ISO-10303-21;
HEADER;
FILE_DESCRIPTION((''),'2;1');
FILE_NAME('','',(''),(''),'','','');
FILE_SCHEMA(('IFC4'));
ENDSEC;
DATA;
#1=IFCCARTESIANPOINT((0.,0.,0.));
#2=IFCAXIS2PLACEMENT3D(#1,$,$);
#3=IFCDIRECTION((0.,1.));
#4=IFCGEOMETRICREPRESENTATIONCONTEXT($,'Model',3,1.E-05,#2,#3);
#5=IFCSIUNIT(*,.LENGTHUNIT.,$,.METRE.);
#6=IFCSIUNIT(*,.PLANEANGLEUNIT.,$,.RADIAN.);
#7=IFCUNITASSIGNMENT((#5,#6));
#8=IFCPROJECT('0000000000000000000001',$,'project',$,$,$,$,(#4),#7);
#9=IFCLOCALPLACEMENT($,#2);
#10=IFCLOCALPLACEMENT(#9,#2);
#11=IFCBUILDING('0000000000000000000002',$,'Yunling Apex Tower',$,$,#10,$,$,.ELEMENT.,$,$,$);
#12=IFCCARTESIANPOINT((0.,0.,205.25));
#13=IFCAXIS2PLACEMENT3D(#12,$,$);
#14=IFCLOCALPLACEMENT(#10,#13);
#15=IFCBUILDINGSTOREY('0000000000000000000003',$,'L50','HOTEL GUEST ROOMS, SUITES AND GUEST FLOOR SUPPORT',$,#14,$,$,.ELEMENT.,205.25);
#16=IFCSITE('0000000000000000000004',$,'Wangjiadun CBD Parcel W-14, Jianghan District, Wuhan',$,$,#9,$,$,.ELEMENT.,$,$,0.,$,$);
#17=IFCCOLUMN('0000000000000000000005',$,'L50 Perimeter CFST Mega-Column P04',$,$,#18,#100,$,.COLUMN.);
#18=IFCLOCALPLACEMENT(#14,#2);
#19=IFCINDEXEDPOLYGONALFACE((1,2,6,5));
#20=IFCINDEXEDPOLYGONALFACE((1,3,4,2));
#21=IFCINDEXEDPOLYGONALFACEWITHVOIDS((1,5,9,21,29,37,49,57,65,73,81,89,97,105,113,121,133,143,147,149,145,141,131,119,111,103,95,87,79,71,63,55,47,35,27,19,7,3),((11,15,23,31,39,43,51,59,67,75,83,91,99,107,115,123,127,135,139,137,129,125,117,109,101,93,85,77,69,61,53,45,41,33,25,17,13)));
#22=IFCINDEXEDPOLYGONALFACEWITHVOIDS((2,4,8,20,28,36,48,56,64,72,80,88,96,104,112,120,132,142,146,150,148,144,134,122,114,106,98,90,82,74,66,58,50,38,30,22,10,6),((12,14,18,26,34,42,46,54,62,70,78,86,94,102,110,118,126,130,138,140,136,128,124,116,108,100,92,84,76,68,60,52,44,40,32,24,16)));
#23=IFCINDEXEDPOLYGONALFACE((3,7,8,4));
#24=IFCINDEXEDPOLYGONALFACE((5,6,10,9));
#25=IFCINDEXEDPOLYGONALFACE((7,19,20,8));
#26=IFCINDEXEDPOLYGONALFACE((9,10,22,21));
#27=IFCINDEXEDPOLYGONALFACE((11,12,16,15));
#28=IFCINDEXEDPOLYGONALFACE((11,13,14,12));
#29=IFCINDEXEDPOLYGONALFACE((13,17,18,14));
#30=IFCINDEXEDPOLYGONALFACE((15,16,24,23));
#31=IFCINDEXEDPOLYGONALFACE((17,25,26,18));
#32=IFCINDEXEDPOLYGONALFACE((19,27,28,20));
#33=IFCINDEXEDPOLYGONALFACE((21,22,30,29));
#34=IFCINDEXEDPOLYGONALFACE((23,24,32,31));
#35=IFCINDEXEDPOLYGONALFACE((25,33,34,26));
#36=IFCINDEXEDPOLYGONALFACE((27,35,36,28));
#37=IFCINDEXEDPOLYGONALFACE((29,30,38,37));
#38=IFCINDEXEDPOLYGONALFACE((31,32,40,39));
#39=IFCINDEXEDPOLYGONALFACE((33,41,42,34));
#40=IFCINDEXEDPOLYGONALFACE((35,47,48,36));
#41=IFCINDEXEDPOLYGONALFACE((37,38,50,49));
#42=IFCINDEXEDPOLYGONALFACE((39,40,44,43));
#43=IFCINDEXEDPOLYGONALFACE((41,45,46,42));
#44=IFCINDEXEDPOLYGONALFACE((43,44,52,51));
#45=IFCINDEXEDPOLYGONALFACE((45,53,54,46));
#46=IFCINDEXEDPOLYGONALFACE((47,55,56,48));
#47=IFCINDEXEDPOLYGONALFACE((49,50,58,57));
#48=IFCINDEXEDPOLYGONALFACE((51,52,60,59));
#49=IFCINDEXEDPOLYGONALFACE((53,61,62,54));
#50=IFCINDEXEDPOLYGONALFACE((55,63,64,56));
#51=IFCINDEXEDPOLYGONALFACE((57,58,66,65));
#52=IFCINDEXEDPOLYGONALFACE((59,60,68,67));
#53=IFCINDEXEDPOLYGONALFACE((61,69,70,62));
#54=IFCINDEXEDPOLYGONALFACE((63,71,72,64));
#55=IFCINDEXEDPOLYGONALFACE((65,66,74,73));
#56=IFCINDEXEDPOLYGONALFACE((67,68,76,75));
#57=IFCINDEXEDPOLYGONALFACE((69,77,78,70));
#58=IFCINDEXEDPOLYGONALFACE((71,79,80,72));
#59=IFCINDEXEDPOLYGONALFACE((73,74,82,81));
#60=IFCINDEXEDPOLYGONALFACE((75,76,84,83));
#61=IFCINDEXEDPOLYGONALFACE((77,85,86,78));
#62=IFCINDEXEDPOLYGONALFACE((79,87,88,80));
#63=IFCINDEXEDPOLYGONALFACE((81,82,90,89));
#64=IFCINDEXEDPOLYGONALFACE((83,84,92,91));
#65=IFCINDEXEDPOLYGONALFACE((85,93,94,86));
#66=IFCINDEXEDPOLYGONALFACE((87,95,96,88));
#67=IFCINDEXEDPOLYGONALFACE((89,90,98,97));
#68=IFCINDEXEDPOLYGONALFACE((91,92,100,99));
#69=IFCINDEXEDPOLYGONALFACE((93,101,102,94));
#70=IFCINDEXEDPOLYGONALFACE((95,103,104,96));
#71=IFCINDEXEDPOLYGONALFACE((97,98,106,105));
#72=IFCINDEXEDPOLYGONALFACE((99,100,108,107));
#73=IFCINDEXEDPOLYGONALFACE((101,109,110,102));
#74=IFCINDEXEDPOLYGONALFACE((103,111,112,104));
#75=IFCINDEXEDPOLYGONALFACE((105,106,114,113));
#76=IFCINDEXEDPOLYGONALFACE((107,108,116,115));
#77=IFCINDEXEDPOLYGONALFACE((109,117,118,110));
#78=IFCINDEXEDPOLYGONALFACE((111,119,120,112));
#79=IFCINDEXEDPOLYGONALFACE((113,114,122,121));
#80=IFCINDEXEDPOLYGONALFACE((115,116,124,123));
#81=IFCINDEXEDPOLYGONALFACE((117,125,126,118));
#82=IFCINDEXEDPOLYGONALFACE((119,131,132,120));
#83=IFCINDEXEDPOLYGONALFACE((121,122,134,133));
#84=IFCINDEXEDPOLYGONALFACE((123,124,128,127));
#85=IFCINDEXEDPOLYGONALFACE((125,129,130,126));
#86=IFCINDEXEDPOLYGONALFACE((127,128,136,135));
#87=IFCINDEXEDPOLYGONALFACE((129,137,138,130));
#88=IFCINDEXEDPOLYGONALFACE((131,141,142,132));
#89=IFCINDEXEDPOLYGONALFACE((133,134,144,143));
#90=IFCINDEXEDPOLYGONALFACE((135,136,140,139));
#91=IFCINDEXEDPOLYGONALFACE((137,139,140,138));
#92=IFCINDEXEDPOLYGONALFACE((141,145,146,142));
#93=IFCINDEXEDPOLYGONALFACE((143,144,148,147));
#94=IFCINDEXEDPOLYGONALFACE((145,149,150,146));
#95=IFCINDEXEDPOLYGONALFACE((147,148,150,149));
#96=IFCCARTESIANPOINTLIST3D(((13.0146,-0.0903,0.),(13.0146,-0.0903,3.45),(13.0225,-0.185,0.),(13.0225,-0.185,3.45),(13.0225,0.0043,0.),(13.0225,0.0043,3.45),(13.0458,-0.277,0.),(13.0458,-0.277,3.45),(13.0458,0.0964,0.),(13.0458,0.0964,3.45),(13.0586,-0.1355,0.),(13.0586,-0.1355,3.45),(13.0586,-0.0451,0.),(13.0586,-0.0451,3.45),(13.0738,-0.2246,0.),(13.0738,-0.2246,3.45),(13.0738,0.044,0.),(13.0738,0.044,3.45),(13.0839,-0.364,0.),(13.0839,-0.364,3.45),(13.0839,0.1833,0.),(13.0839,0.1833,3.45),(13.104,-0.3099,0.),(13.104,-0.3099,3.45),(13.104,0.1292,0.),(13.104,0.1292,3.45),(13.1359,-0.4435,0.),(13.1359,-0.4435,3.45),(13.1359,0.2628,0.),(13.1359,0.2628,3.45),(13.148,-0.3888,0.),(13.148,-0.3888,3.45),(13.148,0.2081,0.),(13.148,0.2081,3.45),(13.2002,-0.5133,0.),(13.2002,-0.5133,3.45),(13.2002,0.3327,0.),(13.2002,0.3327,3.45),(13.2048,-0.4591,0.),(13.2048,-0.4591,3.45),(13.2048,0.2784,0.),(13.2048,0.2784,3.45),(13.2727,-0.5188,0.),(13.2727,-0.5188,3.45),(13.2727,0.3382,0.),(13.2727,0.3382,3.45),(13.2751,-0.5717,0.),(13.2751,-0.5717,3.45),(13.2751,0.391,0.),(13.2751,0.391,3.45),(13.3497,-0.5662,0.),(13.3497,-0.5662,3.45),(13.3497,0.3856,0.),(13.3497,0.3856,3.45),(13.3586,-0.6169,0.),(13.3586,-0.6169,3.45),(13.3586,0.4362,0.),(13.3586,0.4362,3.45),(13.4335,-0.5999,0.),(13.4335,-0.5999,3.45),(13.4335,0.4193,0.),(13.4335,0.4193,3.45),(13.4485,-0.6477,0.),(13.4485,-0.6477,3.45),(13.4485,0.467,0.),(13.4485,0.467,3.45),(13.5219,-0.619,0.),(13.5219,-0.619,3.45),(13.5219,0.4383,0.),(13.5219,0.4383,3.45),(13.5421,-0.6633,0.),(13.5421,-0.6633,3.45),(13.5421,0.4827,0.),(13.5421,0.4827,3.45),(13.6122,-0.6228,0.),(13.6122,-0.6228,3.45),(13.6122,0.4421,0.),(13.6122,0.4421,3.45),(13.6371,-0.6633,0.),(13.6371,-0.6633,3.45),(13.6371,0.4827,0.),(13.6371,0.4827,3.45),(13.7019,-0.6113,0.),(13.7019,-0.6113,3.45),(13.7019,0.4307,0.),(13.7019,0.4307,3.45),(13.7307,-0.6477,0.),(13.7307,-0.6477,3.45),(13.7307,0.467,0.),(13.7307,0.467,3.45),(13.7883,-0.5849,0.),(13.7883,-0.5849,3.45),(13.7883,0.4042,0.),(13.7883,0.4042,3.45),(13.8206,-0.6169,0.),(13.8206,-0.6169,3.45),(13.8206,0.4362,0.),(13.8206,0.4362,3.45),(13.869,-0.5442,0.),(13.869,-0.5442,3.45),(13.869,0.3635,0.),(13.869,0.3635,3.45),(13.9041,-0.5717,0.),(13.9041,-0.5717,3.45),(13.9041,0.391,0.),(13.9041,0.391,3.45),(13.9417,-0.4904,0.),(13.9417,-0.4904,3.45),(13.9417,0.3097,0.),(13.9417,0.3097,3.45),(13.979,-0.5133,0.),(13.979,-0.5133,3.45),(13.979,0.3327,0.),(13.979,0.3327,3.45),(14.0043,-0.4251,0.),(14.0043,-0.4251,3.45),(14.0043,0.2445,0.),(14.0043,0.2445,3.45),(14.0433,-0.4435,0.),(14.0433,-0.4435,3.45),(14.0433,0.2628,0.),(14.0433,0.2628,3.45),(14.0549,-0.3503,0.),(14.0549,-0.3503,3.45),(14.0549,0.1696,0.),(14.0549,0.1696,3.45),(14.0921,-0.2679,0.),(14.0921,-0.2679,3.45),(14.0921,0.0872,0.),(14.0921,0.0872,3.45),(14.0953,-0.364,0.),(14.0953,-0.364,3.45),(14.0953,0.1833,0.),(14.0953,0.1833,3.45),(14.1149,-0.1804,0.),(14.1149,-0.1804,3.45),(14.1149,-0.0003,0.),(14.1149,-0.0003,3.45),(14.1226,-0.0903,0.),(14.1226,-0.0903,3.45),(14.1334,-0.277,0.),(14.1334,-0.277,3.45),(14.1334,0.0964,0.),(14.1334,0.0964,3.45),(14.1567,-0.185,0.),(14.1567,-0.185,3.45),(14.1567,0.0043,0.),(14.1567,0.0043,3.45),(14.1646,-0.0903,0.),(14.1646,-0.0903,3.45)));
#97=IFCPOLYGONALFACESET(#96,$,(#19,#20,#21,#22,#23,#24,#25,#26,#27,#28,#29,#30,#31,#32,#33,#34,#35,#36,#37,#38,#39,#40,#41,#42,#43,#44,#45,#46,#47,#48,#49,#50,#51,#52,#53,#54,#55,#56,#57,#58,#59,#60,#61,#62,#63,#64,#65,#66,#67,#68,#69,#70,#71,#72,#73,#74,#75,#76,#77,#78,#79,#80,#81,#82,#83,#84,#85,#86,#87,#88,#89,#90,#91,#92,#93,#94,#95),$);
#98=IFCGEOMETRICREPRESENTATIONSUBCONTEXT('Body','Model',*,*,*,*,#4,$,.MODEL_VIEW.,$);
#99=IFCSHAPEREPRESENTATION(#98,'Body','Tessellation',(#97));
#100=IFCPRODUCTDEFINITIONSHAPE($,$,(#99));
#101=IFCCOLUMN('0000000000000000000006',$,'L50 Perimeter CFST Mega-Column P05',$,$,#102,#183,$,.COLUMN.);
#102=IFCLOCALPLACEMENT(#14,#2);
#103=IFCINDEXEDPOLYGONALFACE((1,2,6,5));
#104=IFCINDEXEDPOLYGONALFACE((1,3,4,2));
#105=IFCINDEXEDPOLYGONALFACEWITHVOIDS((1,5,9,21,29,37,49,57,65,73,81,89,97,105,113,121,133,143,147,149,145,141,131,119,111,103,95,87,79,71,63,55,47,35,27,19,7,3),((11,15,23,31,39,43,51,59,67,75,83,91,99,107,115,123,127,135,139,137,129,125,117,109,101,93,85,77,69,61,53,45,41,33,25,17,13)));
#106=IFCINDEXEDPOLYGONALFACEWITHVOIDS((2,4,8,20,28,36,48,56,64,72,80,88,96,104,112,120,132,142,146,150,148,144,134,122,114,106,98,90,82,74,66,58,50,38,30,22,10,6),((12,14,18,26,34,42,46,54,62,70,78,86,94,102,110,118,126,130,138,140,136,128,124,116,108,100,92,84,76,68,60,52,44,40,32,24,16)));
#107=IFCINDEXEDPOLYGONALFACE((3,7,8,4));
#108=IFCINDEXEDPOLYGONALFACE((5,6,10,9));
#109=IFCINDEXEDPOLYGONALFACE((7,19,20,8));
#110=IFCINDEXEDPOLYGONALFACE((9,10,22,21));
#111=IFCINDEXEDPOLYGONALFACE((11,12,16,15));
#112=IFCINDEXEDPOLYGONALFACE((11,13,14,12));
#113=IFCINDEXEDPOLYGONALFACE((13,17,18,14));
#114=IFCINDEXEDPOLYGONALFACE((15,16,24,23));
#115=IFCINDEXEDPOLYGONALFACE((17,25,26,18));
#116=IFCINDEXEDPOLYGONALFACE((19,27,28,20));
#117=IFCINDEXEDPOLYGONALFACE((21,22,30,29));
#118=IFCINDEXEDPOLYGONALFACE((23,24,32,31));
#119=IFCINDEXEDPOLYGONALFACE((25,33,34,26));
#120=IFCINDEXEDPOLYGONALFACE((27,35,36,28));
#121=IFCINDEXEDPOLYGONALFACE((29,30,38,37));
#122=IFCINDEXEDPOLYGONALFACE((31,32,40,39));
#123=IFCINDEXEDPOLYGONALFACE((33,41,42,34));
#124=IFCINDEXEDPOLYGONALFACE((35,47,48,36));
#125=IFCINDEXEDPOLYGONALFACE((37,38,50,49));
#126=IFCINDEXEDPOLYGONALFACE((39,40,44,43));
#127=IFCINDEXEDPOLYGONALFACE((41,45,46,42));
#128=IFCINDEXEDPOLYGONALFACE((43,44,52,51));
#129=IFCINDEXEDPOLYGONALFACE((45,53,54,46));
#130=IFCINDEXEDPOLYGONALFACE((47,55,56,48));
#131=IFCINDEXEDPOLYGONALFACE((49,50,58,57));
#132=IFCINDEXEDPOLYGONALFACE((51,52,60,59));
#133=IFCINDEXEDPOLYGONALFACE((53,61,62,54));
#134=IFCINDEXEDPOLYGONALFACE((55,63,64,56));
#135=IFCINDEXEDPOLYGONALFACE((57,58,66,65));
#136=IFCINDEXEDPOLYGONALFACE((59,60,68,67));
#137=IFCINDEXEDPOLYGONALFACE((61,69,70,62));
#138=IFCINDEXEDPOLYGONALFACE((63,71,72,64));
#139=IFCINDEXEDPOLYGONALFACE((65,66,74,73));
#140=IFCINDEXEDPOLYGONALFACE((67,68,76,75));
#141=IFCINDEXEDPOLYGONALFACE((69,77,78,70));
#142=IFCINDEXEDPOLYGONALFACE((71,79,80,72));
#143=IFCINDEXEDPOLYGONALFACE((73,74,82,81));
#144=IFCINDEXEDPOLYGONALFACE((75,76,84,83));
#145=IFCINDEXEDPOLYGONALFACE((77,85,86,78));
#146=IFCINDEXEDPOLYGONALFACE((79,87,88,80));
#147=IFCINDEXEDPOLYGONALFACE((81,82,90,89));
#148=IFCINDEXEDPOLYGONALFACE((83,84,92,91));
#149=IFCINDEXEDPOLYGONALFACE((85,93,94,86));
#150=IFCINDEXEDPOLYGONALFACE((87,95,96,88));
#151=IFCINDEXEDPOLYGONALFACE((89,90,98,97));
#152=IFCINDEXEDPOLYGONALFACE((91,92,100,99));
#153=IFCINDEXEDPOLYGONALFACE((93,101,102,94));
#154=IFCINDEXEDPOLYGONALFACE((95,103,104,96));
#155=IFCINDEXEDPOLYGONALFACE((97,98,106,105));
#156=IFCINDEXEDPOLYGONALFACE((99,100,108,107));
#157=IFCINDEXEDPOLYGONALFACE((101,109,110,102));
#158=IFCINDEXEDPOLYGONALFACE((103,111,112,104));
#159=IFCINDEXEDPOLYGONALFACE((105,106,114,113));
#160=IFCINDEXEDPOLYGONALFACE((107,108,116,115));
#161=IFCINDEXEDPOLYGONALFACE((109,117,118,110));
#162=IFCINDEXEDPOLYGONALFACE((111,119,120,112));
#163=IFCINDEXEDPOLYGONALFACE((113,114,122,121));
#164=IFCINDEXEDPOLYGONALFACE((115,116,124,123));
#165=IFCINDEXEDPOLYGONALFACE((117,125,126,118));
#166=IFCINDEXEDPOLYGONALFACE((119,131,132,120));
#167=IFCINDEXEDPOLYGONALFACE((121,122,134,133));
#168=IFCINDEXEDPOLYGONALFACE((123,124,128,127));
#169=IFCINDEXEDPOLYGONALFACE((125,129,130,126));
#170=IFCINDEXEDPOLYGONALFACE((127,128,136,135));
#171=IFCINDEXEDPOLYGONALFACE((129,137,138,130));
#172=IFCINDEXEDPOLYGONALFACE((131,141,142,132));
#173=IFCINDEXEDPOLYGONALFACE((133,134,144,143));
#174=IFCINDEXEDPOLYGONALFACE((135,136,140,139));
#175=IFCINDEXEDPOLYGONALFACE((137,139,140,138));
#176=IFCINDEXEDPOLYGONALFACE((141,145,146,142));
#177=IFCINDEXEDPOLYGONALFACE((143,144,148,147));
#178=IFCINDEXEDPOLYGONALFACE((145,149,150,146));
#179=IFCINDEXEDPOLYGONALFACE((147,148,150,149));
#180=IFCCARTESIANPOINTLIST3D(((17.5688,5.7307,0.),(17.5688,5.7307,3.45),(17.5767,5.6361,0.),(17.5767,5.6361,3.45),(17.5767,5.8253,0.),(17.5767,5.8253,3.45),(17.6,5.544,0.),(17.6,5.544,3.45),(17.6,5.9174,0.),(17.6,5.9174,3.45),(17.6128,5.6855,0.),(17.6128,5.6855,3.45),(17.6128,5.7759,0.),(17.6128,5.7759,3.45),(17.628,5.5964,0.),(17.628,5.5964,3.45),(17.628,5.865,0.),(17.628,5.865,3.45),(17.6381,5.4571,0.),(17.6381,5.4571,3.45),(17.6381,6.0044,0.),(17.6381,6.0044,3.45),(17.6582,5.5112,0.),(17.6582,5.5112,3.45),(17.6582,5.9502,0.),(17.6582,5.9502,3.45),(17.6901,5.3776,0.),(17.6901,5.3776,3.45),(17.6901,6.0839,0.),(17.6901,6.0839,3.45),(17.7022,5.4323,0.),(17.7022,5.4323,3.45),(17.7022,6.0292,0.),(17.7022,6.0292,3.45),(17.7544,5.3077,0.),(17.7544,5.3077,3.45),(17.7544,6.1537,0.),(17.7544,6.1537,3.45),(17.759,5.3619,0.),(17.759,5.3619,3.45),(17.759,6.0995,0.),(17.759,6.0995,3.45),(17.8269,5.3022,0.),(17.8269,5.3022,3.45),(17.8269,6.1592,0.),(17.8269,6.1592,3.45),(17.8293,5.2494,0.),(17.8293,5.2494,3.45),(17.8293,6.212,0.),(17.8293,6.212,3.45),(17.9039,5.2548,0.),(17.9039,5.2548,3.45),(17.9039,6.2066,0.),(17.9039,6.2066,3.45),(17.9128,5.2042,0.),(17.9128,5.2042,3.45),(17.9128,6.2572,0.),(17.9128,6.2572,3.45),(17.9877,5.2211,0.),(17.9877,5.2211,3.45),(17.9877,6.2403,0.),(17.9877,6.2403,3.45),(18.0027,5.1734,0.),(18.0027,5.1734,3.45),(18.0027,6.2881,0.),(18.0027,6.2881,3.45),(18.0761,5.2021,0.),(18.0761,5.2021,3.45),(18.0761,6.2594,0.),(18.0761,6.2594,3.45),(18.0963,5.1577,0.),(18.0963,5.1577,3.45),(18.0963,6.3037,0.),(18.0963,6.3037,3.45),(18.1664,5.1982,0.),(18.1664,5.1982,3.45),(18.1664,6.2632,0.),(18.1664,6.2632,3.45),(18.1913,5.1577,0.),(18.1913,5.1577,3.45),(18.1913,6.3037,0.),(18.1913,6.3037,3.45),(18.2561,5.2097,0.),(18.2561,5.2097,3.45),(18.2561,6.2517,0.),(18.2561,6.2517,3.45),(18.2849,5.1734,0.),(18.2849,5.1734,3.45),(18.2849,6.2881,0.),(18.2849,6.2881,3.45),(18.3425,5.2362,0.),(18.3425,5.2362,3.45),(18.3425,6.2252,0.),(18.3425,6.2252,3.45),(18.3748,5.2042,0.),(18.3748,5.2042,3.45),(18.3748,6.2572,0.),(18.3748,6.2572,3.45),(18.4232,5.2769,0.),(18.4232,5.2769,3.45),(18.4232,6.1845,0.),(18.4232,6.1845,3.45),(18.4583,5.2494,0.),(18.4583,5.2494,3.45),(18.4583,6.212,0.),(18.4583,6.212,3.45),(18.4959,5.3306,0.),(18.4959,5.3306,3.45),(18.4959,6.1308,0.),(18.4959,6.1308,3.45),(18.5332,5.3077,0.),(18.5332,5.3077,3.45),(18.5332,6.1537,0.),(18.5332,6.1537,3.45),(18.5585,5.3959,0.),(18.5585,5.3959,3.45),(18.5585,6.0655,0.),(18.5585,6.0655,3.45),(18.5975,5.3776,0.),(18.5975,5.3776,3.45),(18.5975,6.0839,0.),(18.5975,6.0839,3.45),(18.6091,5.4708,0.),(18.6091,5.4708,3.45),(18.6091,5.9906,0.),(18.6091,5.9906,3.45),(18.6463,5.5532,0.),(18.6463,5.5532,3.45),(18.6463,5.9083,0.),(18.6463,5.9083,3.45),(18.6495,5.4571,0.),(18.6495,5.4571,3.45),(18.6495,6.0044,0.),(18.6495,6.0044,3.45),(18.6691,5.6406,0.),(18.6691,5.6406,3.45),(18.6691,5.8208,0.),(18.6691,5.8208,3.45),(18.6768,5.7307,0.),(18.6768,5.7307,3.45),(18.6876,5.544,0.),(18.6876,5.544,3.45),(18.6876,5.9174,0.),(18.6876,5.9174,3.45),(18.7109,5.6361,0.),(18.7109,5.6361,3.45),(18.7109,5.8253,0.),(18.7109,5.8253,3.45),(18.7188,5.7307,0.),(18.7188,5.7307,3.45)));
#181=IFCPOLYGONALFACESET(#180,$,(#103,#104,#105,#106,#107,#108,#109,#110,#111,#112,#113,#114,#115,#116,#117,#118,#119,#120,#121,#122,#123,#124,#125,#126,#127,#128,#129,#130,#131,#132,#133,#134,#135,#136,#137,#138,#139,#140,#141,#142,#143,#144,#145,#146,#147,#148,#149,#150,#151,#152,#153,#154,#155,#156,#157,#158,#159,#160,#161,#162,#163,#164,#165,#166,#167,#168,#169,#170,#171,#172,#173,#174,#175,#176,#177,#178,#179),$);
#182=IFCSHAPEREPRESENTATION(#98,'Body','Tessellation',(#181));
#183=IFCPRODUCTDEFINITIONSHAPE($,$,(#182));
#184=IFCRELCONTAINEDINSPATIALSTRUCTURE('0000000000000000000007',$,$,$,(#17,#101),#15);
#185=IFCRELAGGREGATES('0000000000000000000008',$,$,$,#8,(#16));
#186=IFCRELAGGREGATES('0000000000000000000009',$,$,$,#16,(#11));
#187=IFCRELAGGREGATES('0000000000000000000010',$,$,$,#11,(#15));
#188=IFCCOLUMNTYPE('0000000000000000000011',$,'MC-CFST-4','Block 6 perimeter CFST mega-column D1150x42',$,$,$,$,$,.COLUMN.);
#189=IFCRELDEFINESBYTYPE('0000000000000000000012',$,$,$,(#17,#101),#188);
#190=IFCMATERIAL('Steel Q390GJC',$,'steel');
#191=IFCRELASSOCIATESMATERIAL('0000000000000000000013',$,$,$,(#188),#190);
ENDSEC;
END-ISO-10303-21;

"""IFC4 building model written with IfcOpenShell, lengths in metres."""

from ifc_helpers import new_model, si_unit, direction, frame, origin, origin_2d, place, context, subcontext, project, spatial, hollow_circle, extrude, source, transform, mapped, material, material_profile, profile_set, type_object, element, save


model = new_model("IFC4")

# Units and contexts
model_context = context("Model", 3, precision=1e-05, world=origin(), true_north=direction((0.0, 1.0)))
body_context = subcontext(model_context, "Body", "Model", "MODEL_VIEW")
ifc_project = project(units=[si_unit("LENGTHUNIT", "METRE"), si_unit("PLANEANGLEUNIT", "RADIAN")], contexts=[model_context])

# Site, building, storey
site_placement = place(None, origin())
site = spatial("IfcSite", under=ifc_project, at=site_placement, Name="Wangjiadun CBD Parcel W-14, Jianghan District, Wuhan", CompositionType="ELEMENT", RefElevation=0.0)
building_placement = place(site_placement, origin())
building = spatial("IfcBuilding", under=site, at=building_placement, Name="Yunling Apex Tower", CompositionType="ELEMENT")
storey_placement = place(building_placement, frame((0.0, 0.0, 205.25)))
storey = spatial("IfcBuildingStorey", under=building, at=storey_placement, Name="L50", Description="HOTEL GUEST ROOMS, SUITES AND GUEST FLOOR SUPPORT", CompositionType="ELEMENT", Elevation=205.25)

# Columns
ifc_material_1 = material(Name="Steel Q390GJC", Category="steel")
ifc_material_profile_1 = material_profile(ifc_material_1, hollow_circle(Radius=0.575, WallThickness=0.042, at=origin_2d()))
ifc_profile_set_1 = profile_set([ifc_material_profile_1], Name="Steel Q390GJC")
column_type = type_object("IfcColumnType", Name="MC-CFST-4", Description="Block 6 perimeter CFST mega-column D1150x42", PredefinedType="COLUMN", material=ifc_profile_set_1)
shared_shape_1 = source(origin(), body_context, "Body", "SweptSolid", [
    extrude(hollow_circle(Radius=0.575, WallThickness=0.042, at=origin_2d()), origin(), (0.0, 0.0, 1.0), 3.45),
])
for number, where, z_axis, x_axis, name in (
    (1, (13.5896, -0.0903, 0.0), (0.0, 0.0, 1.0), (1.0, 0.0, 0.0), "L50 Perimeter CFST Mega-Column P04"),
    (2, (18.1438, 5.7307, 0.0), (0.0, 0.0, 1.0), (1.0, 0.0, 0.0), "L50 Perimeter CFST Mega-Column P05"),
):
    element("IfcColumn", number, at=place(storey_placement, frame(where, z_axis=z_axis, x_axis=x_axis)), inside=storey, type_object=column_type, Name=name, PredefinedType="COLUMN", context=body_context, shape_type="MappedRepresentation", body=[
        mapped(shared_shape_1, transform((0.0, 0.0, 0.0), scale=1.0)),
    ])

save(model, "model.ifc")
